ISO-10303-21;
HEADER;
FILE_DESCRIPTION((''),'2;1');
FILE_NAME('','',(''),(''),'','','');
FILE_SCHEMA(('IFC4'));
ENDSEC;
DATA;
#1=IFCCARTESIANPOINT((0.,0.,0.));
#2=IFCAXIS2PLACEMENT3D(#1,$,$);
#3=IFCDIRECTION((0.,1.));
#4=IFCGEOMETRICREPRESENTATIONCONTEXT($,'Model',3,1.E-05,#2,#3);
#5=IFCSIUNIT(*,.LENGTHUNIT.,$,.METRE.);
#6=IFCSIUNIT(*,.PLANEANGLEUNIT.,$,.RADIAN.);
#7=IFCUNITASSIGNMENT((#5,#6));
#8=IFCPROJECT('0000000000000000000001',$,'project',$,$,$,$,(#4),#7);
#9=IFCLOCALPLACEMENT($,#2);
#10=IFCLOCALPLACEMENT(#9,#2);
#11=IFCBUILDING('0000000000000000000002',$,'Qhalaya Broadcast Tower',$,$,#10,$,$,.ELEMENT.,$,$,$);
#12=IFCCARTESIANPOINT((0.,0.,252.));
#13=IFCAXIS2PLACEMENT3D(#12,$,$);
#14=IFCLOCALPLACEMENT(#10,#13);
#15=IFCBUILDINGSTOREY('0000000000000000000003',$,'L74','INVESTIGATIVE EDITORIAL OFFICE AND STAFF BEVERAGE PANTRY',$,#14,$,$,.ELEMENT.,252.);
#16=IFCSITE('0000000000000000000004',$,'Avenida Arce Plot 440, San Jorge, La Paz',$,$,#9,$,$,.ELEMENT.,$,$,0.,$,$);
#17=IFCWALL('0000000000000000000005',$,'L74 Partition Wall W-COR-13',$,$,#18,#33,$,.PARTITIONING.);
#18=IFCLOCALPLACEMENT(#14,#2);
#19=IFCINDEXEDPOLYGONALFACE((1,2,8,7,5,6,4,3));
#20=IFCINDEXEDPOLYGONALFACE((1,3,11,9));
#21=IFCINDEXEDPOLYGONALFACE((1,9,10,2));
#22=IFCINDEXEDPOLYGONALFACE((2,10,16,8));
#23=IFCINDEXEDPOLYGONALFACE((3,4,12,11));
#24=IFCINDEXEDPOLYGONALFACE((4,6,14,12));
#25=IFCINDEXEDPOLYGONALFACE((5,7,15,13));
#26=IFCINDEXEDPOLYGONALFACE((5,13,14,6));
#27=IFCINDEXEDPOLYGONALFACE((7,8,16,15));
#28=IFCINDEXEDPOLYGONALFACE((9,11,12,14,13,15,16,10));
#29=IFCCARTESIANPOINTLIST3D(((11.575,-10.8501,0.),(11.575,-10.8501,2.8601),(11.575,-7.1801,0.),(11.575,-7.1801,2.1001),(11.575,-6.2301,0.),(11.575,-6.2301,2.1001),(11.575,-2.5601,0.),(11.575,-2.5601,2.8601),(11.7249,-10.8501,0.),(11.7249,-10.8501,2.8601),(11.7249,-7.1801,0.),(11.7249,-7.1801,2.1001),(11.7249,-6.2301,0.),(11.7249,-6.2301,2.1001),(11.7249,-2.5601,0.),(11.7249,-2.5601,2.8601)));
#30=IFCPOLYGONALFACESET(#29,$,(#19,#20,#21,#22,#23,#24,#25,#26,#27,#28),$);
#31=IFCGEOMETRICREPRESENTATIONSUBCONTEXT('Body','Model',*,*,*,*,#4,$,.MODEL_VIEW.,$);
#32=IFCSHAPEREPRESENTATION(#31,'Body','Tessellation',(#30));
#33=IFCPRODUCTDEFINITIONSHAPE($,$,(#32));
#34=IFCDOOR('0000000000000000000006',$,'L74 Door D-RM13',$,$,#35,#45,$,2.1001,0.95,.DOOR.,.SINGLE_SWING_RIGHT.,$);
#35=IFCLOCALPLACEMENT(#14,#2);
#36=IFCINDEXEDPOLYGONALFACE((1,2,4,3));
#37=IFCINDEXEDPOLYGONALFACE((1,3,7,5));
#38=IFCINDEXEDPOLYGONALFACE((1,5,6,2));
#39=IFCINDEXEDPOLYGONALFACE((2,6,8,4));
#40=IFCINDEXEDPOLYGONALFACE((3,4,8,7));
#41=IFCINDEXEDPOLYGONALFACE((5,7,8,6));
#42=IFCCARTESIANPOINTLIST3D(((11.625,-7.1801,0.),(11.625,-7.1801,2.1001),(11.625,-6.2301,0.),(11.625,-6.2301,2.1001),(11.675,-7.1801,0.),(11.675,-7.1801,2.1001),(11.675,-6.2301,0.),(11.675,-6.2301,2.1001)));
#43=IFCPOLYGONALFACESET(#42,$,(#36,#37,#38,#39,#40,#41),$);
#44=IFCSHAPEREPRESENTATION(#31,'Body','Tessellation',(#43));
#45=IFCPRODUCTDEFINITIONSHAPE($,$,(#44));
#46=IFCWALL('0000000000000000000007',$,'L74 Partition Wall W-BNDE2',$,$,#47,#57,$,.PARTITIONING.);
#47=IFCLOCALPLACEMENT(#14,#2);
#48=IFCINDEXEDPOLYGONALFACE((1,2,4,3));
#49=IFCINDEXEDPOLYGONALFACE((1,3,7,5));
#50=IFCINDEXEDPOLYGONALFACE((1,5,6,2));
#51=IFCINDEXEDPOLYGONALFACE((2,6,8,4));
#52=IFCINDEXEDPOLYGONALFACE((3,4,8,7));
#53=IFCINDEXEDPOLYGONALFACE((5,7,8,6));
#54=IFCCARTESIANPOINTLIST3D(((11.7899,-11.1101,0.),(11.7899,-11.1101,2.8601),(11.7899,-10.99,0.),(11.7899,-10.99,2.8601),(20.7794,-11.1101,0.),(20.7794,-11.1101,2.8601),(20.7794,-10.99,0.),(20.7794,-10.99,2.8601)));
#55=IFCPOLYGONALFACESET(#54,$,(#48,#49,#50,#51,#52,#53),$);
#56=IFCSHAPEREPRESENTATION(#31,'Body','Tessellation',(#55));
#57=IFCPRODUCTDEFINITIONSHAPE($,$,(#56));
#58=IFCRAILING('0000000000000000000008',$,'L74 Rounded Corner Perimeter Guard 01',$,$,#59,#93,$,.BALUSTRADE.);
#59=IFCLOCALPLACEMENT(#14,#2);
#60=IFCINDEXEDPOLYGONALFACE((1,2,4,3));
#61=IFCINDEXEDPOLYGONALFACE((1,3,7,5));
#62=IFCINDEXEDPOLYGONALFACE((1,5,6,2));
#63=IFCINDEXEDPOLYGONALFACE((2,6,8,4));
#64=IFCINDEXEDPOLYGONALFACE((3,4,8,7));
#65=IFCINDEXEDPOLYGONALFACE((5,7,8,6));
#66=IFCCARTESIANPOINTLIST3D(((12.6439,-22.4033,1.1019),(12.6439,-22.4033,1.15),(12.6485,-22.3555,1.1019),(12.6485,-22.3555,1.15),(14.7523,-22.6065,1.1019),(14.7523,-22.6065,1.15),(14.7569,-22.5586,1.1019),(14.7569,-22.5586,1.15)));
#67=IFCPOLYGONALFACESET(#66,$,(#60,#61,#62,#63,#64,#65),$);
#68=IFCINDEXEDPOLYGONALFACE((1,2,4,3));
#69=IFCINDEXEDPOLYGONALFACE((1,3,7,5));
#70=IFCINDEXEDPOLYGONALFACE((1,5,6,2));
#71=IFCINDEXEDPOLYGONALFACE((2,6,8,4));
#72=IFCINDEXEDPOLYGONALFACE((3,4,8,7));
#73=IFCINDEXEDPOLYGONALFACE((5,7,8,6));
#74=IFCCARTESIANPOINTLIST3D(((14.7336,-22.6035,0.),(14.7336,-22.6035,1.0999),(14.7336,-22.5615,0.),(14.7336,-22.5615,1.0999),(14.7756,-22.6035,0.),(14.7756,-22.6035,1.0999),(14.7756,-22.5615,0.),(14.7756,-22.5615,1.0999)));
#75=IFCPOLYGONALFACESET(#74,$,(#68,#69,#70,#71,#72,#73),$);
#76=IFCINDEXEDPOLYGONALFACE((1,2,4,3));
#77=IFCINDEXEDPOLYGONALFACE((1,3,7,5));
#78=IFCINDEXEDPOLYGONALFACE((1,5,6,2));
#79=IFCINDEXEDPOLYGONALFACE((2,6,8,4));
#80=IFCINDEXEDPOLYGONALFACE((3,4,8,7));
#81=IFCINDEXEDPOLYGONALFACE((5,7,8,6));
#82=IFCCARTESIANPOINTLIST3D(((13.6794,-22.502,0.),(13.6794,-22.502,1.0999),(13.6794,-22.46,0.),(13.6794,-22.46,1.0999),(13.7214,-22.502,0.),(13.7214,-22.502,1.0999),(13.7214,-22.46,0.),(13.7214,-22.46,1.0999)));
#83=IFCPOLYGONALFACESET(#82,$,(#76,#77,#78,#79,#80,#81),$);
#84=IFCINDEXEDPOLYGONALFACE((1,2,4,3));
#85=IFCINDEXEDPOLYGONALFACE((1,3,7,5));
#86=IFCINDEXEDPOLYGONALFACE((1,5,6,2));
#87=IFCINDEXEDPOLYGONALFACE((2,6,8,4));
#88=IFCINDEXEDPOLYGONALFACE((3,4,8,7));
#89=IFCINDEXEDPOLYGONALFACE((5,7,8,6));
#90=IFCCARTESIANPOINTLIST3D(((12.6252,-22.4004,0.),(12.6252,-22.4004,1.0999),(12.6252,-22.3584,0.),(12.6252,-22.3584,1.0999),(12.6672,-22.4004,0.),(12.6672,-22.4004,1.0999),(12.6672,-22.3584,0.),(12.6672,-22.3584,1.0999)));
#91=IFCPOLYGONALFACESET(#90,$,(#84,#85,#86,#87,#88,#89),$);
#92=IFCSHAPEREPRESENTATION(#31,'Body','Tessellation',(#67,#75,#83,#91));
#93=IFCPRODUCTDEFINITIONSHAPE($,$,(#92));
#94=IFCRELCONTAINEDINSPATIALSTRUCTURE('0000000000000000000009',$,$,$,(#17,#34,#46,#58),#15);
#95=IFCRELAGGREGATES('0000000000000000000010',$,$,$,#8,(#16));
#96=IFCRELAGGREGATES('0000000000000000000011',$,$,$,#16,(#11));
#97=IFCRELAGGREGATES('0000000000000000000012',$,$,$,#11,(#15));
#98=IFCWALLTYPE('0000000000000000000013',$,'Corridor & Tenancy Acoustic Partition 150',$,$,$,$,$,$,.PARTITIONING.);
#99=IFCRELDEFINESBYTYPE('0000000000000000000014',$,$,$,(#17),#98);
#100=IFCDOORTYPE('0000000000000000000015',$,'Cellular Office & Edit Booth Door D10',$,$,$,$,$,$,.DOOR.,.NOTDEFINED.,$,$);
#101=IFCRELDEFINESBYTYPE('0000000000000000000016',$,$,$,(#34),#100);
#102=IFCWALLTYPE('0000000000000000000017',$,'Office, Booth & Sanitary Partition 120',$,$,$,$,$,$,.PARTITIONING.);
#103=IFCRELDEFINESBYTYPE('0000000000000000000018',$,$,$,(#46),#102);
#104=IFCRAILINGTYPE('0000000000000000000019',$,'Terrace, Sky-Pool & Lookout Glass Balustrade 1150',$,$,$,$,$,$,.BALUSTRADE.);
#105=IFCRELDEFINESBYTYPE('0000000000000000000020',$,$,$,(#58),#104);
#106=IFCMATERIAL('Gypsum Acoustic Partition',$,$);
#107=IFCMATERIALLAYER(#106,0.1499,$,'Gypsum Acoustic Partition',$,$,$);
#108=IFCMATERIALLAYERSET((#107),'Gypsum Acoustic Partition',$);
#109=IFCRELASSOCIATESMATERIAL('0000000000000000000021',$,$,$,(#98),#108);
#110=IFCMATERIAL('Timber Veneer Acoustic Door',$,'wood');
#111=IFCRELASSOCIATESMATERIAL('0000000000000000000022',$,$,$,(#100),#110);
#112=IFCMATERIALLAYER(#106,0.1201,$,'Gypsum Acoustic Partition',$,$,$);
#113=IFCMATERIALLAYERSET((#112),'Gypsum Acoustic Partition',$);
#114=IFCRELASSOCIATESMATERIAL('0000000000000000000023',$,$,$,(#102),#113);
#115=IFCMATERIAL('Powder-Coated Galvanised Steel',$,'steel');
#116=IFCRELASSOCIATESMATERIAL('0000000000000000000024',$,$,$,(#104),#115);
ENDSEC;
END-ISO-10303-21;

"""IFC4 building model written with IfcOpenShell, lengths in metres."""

from ifc_helpers import new_model, si_unit, direction, frame, frame_2d, origin, origin_2d, place, context, subcontext, project, spatial, rectangle, extrude, material, layer, layer_set, type_object, element, fill, save


model = new_model("IFC4")

# Units and contexts
model_context = context("Model", 3, precision=1e-05, world=origin(), true_north=direction((0.0, 1.0)))
body_context = subcontext(model_context, "Body", "Model", "MODEL_VIEW")
ifc_project = project(units=[si_unit("LENGTHUNIT", "METRE"), si_unit("PLANEANGLEUNIT", "RADIAN")], contexts=[model_context])

# Site, building, storey
site_placement = place(None, origin())
site = spatial("IfcSite", under=ifc_project, at=site_placement, Name="Avenida Arce Plot 440, San Jorge, La Paz", CompositionType="ELEMENT", RefElevation=0.0)
building_placement = place(site_placement, origin())
building = spatial("IfcBuilding", under=site, at=building_placement, Name="Qhalaya Broadcast Tower", CompositionType="ELEMENT")
storey_placement = place(building_placement, frame((0.0, 0.0, 252.0)))
storey = spatial("IfcBuildingStorey", under=building, at=storey_placement, Name="L74", Description="INVESTIGATIVE EDITORIAL OFFICE AND STAFF BEVERAGE PANTRY", CompositionType="ELEMENT", Elevation=252.0)

# Wall, opening, door
ifc_material_1 = material(Name="Gypsum Acoustic Partition")
ifc_layer_1 = layer(ifc_material_1, 0.1499, Name="Gypsum Acoustic Partition")
ifc_layer_set_1 = layer_set([ifc_layer_1], Name="Gypsum Acoustic Partition")
wall_type_1 = type_object("IfcWallType", Name="Corridor & Tenancy Acoustic Partition 150", PredefinedType="PARTITIONING", material=ifc_layer_set_1)
wall_1_placement = place(storey_placement, frame((11.6499, -10.8501, 0.0), z_axis=(0.0, 0.0, 1.0), x_axis=(0.0, 1.0, 0.0)))
wall_1 = element("IfcWall", 1, at=wall_1_placement, inside=storey, type_object=wall_type_1, Name="L74 Partition Wall W-COR-13", PredefinedType="PARTITIONING", context=body_context, shape_type="SweptSolid", body=[
    extrude(rectangle(XDim=8.29, YDim=0.1499, at=frame_2d((4.145, 0.0))), origin(), (0.0, 0.0, 1.0), 2.8601),
])
opening_placement = place(wall_1_placement, frame((3.6699, 0.0, 0.0)))
opening = element("IfcOpeningElement", 2, at=opening_placement, cuts=wall_1, PredefinedType="OPENING", context=body_context, shape_type="SweptSolid", body=[
    extrude(rectangle(XDim=0.95, YDim=2.1001, at=frame_2d((0.4751, 1.05))), frame((0.0, 0.0869, 0.0), z_axis=(0.0, -1.0, 0.0), x_axis=(1.0, 0.0, 0.0)), (0.0, 0.0, 1.0), 0.1738),
])
ifc_material_2 = material(Name="Timber Veneer Acoustic Door", Category="wood")
door_type = type_object("IfcDoorType", Name="Cellular Office & Edit Booth Door D10", OperationType="NOTDEFINED", PredefinedType="DOOR", material=ifc_material_2)
door_placement = place(opening_placement, origin())
door = element("IfcDoor", 3, at=door_placement, inside=storey, type_object=door_type, Name="L74 Door D-RM13", OperationType="SINGLE_SWING_RIGHT", OverallHeight=2.1001, OverallWidth=0.95, PredefinedType="DOOR", context=body_context, shape_type="SweptSolid", body=[
    extrude(rectangle(XDim=0.95, YDim=2.1001, at=frame_2d((0.4751, 1.05))), frame((0.0, 0.0249, 0.0), z_axis=(0.0, -1.0, 0.0), x_axis=(1.0, 0.0, 0.0)), (0.0, 0.0, 1.0), 0.05),
])
fill(opening, door)

# Wall
ifc_layer_2 = layer(ifc_material_1, 0.1201, Name="Gypsum Acoustic Partition")
ifc_layer_set_2 = layer_set([ifc_layer_2], Name="Gypsum Acoustic Partition")
wall_type_2 = type_object("IfcWallType", Name="Office, Booth & Sanitary Partition 120", PredefinedType="PARTITIONING", material=ifc_layer_set_2)
wall_2_placement = place(storey_placement, frame((11.79, -11.05, 0.0), z_axis=(0.0, 0.0, 1.0), x_axis=(1.0, 0.0, 0.0)))
element("IfcWall", 4, at=wall_2_placement, inside=storey, type_object=wall_type_2, Name="L74 Partition Wall W-BNDE2", PredefinedType="PARTITIONING", context=body_context, shape_type="SweptSolid", body=[
    extrude(rectangle(XDim=8.9895, YDim=0.1201, at=frame_2d((4.4946, 0.0))), origin(), (0.0, 0.0, 1.0), 2.8601),
])

# Railing
ifc_material_3 = material(Name="Powder-Coated Galvanised Steel", Category="steel")
railing_type = type_object("IfcRailingType", Name="Terrace, Sky-Pool & Lookout Glass Balustrade 1150", PredefinedType="BALUSTRADE", material=ifc_material_3)
railing_1_placement = place(storey_placement, frame((14.7546, -22.5825, 0.0)))
element("IfcRailing", 5, at=railing_1_placement, inside=storey, type_object=railing_type, Name="L74 Rounded Corner Perimeter Guard 01", PredefinedType="BALUSTRADE", context=body_context, shape_type="SweptSolid", body=[
    extrude(rectangle(XDim=0.0481, YDim=0.0481, at=origin_2d()), frame((0.0, 0.0, 1.126), z_axis=(-0.995391, 0.095897, 0.0), x_axis=(-0.095897, -0.995391, 0.0)), (0.0, 0.0, 1.0), 2.1182),
    extrude(rectangle(XDim=0.042, YDim=0.042, at=origin_2d()), origin(), (0.0, 0.0, 1.0), 1.0999),
    extrude(rectangle(XDim=0.042, YDim=0.042, at=origin_2d()), frame((-1.0542, 0.1016, 0.0)), (0.0, 0.0, 1.0), 1.0999),
    extrude(rectangle(XDim=0.042, YDim=0.042, at=origin_2d()), frame((-2.1084, 0.2031, 0.0)), (0.0, 0.0, 1.0), 1.0999),
])

save(model, "model.ifc")
